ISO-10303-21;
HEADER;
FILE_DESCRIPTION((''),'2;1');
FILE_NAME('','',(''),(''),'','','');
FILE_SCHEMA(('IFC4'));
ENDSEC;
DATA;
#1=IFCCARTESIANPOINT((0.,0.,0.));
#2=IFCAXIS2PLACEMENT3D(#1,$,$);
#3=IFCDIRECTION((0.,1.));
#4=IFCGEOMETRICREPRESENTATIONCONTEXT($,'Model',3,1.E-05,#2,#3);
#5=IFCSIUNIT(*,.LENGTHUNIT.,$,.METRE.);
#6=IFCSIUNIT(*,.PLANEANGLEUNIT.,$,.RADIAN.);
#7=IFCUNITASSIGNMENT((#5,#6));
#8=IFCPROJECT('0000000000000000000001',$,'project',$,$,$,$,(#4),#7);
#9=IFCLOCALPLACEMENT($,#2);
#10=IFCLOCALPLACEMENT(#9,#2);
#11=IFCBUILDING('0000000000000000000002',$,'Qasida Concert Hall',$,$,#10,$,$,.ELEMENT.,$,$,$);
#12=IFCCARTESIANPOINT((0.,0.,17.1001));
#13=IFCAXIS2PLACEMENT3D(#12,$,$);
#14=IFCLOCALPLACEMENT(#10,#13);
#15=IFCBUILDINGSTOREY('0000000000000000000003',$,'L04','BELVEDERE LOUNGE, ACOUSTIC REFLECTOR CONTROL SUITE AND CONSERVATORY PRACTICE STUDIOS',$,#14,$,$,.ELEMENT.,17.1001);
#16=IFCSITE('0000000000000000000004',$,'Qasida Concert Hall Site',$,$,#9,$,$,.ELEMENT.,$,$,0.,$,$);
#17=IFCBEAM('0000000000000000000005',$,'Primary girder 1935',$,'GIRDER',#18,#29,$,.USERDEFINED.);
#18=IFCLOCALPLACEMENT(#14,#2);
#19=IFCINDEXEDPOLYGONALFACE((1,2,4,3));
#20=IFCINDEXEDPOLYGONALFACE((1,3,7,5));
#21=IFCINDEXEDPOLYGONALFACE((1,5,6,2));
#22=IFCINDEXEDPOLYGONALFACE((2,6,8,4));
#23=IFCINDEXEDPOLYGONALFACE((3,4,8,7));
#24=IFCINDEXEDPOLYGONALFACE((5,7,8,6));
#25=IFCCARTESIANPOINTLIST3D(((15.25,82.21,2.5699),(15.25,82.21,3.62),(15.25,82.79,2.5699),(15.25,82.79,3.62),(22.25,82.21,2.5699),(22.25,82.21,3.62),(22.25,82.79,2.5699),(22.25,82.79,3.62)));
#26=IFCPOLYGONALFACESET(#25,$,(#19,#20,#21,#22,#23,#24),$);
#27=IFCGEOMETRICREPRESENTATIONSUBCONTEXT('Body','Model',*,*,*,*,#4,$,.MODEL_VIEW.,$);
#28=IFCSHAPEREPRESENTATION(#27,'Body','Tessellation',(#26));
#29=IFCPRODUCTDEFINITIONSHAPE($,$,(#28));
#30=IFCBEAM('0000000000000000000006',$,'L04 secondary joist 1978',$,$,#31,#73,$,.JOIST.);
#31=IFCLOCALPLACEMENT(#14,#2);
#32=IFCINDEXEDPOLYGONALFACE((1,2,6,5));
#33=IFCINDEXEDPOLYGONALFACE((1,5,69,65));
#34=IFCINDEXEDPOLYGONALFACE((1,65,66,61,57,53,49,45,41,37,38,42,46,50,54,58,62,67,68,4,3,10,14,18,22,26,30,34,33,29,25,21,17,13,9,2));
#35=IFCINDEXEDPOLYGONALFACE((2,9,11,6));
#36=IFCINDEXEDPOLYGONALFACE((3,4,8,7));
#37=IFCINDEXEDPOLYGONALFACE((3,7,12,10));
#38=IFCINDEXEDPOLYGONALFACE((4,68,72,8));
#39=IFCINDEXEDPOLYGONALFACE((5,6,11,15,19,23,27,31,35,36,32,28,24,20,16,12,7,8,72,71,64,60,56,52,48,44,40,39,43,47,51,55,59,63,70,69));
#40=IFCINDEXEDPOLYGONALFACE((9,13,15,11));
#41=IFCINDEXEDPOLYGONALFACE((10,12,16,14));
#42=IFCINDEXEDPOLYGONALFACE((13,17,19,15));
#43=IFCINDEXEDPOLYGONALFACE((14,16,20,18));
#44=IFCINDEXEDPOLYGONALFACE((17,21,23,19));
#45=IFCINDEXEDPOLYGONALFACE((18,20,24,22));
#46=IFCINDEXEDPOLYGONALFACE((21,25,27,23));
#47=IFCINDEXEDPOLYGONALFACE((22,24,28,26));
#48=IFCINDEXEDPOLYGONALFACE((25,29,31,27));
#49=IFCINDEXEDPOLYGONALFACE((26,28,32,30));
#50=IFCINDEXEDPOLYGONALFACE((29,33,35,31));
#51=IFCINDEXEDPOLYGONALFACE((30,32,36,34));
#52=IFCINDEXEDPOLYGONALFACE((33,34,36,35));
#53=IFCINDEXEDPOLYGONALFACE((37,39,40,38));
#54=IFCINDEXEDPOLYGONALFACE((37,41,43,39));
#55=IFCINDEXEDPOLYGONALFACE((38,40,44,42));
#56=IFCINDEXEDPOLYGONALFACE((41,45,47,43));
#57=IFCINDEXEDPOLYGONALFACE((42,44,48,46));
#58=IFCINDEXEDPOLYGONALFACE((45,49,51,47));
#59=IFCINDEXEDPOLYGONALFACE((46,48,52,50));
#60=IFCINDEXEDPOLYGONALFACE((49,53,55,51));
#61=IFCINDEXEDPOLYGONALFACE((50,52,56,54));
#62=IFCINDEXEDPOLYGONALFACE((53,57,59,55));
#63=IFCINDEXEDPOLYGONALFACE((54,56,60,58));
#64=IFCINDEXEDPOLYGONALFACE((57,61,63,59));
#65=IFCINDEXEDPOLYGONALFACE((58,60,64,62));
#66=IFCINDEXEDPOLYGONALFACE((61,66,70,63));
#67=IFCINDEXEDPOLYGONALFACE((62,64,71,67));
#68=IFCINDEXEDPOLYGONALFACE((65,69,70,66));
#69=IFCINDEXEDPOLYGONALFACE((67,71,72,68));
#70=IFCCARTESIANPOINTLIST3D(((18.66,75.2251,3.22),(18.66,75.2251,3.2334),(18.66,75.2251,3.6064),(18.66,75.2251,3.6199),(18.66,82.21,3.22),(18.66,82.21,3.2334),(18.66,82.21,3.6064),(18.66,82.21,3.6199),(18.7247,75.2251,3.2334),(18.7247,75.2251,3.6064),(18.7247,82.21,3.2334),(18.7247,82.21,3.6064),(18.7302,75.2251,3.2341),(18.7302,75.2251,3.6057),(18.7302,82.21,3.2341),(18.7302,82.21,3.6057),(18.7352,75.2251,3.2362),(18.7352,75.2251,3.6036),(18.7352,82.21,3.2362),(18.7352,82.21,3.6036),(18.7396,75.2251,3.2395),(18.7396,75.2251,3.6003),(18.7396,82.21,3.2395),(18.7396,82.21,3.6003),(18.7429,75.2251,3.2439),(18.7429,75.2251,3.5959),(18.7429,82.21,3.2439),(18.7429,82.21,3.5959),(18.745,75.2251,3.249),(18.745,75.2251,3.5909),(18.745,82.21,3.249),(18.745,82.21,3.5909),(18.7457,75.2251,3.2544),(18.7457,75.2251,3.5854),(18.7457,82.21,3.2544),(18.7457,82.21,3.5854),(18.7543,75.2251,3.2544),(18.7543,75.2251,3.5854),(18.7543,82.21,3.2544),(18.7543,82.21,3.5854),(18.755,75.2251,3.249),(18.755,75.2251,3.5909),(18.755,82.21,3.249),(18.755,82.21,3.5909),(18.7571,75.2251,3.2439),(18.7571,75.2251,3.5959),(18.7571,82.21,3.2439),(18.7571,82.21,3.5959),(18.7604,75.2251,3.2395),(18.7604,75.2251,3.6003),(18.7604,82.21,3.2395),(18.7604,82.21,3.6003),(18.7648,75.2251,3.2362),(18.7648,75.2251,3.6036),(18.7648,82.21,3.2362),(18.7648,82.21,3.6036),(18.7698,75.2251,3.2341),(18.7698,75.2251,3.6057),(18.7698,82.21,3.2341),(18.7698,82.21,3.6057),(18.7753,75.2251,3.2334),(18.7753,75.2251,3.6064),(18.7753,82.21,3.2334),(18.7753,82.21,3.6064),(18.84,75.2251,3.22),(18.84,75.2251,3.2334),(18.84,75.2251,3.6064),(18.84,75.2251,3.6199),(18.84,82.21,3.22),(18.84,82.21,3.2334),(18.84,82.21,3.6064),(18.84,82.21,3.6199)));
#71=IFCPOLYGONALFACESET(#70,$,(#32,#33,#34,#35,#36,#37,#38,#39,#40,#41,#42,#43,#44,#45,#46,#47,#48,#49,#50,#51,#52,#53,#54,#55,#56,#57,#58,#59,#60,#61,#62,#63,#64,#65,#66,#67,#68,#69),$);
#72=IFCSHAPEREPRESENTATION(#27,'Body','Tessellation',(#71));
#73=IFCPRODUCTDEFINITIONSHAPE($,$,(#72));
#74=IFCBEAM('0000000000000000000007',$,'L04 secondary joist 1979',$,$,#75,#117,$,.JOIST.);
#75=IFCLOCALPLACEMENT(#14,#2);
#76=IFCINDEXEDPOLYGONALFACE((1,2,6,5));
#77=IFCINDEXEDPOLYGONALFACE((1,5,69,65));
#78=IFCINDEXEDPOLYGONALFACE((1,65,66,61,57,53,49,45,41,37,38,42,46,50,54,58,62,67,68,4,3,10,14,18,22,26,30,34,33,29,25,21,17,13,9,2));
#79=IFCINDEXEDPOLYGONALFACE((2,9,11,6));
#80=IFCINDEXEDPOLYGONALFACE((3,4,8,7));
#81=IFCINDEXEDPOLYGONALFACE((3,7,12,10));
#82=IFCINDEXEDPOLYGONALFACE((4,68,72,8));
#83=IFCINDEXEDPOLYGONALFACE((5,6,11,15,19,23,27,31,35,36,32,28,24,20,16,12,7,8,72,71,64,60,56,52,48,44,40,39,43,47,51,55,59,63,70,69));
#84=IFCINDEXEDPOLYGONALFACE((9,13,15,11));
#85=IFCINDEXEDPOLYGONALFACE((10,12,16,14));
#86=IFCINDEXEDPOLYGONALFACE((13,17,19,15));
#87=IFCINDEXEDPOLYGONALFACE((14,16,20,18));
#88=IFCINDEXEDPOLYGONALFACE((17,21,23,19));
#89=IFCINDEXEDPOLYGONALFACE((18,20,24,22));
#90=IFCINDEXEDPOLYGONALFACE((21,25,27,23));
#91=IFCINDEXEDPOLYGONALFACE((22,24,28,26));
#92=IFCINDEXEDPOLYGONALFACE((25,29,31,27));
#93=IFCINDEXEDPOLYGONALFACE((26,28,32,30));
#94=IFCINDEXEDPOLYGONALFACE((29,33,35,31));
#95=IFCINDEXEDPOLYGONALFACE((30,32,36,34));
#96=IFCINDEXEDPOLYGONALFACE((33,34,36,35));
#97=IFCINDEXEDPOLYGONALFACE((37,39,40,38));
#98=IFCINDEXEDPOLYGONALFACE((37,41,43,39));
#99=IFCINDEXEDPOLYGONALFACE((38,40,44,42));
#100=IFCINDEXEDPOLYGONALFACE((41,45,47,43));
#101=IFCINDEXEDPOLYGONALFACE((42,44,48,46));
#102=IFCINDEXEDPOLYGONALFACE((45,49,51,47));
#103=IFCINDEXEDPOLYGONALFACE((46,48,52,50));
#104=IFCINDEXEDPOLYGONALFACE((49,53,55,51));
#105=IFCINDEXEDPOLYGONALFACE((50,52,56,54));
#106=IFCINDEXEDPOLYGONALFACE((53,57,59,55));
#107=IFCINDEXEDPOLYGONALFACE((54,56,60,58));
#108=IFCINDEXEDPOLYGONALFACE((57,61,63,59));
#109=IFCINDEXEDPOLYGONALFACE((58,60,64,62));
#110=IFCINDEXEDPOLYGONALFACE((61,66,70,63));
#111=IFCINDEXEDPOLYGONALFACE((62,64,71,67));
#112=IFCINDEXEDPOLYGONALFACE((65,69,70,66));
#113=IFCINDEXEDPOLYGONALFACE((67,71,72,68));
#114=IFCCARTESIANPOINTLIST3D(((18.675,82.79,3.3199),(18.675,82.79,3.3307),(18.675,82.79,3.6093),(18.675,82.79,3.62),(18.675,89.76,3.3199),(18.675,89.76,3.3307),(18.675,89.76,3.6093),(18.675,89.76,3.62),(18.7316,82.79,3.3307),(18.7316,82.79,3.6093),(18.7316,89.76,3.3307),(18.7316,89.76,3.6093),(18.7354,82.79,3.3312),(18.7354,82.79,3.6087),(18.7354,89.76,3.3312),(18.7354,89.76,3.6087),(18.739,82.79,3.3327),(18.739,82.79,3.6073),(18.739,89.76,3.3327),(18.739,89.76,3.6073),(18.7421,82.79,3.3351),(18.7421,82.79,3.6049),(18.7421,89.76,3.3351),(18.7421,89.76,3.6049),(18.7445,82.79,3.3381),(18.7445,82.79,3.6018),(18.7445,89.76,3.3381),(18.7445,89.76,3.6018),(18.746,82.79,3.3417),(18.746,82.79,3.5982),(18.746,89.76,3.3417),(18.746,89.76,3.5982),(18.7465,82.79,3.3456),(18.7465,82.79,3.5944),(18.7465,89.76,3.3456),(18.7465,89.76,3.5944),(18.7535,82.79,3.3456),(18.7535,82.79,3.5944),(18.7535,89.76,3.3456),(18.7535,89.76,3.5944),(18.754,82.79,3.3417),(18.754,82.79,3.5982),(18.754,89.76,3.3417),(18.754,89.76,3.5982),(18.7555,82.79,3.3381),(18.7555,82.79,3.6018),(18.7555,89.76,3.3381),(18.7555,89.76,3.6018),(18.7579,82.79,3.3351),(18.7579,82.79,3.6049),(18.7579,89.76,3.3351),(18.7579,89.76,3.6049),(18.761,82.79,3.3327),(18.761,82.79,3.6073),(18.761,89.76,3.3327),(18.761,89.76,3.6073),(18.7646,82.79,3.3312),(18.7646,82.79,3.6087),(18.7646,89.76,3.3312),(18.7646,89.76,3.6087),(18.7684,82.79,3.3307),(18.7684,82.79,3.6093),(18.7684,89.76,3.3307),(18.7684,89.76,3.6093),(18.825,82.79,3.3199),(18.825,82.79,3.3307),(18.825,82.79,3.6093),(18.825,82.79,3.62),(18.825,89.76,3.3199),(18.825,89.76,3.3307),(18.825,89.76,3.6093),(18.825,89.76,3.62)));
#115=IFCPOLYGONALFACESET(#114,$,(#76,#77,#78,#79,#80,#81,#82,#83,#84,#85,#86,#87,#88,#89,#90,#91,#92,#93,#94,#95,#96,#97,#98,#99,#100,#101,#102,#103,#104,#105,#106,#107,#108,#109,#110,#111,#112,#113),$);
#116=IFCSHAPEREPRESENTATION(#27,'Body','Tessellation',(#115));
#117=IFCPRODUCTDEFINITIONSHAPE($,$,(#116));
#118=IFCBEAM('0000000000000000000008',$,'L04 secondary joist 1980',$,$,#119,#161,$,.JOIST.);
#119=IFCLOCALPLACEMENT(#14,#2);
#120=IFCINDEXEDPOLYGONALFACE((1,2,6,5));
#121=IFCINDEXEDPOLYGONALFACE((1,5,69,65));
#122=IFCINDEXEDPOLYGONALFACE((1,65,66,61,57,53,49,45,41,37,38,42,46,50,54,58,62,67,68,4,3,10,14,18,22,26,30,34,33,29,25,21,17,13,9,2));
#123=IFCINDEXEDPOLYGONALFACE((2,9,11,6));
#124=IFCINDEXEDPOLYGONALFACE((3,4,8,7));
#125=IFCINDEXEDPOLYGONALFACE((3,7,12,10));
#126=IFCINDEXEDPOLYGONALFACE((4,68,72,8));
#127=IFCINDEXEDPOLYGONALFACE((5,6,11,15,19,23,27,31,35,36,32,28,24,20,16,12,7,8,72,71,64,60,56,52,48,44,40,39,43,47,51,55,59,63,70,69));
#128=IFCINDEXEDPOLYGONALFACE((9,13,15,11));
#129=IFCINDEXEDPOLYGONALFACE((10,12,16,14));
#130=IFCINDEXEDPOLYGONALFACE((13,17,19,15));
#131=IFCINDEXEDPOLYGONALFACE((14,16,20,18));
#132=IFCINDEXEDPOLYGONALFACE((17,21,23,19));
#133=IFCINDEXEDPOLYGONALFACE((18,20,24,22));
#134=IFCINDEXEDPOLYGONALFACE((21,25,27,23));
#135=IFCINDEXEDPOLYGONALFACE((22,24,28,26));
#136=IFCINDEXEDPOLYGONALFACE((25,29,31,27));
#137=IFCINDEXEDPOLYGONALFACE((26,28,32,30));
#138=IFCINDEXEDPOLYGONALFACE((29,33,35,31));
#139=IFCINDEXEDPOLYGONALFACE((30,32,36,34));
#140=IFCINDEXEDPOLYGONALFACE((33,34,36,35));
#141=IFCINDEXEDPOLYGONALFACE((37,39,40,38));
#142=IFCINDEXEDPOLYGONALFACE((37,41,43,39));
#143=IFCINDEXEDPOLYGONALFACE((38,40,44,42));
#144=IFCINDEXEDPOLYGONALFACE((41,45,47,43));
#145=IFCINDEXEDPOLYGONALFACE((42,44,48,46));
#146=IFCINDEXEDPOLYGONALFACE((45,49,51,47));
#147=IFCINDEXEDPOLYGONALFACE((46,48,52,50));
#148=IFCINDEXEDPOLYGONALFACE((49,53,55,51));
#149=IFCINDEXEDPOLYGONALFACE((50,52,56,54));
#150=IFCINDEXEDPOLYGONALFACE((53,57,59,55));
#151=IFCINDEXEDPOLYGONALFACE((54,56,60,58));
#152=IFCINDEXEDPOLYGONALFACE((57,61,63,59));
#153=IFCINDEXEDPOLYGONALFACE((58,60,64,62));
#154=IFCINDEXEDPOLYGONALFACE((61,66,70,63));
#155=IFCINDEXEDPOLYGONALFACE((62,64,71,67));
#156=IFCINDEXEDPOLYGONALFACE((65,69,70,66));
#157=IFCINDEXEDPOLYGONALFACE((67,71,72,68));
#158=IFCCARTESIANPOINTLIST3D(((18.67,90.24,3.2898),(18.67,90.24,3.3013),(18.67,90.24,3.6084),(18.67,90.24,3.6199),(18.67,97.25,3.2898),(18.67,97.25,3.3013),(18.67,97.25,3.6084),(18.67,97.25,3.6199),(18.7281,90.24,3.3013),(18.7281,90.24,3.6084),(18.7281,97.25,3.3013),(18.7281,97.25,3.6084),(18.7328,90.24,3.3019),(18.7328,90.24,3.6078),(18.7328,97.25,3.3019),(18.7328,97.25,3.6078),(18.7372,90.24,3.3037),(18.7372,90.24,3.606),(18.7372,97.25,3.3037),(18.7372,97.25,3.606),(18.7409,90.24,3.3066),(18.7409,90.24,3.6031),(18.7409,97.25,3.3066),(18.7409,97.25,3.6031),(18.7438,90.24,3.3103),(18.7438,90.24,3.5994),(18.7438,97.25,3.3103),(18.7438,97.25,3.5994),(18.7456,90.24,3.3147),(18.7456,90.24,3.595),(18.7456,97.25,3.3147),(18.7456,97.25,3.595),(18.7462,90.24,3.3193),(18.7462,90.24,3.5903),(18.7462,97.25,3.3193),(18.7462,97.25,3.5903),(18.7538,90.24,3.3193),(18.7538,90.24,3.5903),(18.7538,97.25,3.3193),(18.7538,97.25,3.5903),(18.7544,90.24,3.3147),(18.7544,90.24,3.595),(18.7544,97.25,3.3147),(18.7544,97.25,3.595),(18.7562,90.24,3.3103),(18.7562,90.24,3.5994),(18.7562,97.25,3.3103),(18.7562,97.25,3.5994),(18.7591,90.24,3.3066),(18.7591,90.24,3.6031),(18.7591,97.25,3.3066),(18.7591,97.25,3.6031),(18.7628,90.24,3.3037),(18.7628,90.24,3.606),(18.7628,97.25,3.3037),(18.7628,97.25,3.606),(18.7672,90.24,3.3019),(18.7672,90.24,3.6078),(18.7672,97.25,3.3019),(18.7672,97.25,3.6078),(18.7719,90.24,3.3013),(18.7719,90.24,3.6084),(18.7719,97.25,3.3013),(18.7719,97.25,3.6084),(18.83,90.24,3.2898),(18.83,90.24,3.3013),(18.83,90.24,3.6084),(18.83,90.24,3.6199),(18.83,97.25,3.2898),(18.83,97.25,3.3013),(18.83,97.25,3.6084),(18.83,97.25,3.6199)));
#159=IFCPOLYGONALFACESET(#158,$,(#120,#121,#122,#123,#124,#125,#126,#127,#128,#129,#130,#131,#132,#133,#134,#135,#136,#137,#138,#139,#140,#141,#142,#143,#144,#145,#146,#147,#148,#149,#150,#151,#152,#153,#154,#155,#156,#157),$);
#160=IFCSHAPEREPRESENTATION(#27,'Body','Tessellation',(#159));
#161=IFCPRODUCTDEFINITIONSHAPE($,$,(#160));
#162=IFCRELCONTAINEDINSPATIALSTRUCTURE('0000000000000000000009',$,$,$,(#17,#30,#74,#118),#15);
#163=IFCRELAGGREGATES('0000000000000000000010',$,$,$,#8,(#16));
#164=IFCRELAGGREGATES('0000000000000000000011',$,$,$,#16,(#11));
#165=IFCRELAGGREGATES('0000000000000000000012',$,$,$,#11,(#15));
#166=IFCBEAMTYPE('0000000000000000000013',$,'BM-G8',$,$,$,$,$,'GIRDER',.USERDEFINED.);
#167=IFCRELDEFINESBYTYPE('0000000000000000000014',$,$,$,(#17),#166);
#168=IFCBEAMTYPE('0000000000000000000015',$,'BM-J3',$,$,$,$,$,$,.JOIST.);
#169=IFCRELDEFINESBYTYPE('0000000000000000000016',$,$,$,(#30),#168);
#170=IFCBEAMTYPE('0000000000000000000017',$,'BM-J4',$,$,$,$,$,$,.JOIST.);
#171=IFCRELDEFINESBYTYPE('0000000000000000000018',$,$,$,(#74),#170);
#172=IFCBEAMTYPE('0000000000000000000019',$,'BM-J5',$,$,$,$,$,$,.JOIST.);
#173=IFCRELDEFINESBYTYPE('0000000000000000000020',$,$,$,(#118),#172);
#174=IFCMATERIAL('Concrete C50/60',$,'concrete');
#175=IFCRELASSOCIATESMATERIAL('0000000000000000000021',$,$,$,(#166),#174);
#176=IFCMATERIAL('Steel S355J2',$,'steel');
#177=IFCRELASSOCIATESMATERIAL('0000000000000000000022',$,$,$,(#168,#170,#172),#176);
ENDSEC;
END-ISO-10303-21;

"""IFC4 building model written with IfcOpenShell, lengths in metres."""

from ifc_helpers import new_model, si_unit, direction, frame, origin, origin_2d, place, context, subcontext, project, spatial, rectangle, i_section, extrude, material, material_profile, profile_set, type_object, element, save


model = new_model("IFC4")

# Units and contexts
model_context = context("Model", 3, precision=1e-05, world=origin(), true_north=direction((0.0, 1.0)))
body_context = subcontext(model_context, "Body", "Model", "MODEL_VIEW")
ifc_project = project(units=[si_unit("LENGTHUNIT", "METRE"), si_unit("PLANEANGLEUNIT", "RADIAN")], contexts=[model_context])

# Site, building, storey
site_placement = place(None, origin())
site = spatial("IfcSite", under=ifc_project, at=site_placement, Name="Qasida Concert Hall Site", CompositionType="ELEMENT", RefElevation=0.0)
building_placement = place(site_placement, origin())
building = spatial("IfcBuilding", under=site, at=building_placement, Name="Qasida Concert Hall", CompositionType="ELEMENT")
storey_placement = place(building_placement, frame((0.0, 0.0, 17.1001)))
storey = spatial("IfcBuildingStorey", under=building, at=storey_placement, Name="L04", Description="BELVEDERE LOUNGE, ACOUSTIC REFLECTOR CONTROL SUITE AND CONSERVATORY PRACTICE STUDIOS", CompositionType="ELEMENT", Elevation=17.1001)

# Shared definitions
ifc_material_1 = material(Name="Concrete C50/60", Category="concrete")

# Beams
ifc_material_2 = material(Name="Steel S355J2", Category="steel")
ifc_material_profile_1 = material_profile(ifc_material_1, rectangle(XDim=0.5801, YDim=1.05, at=origin_2d()), Name="RC 580x1050")
ifc_profile_set_1 = profile_set([ifc_material_profile_1], Name="Concrete C50/60")
beam_type_1 = type_object("IfcBeamType", Name="BM-G8", ElementType="GIRDER", PredefinedType="USERDEFINED", material=ifc_profile_set_1)
beam_1_placement = place(storey_placement, frame((15.25, 82.5, 3.095), z_axis=(1.0, 0.0, 0.0), x_axis=(0.0, 1.0, 0.0)))
element("IfcBeam", 1, at=beam_1_placement, inside=storey, type_object=beam_type_1, Name="Primary girder 1935", ObjectType="GIRDER", PredefinedType="USERDEFINED", context=body_context, shape_type="SweptSolid", body=[
    extrude(rectangle(XDim=0.5801, YDim=1.05, at=origin_2d()), origin(), (0.0, 0.0, 1.0), 7.0),
])
ifc_material_profile_2 = material_profile(ifc_material_2, i_section(OverallWidth=0.1799, OverallDepth=0.3999, WebThickness=0.0085, FlangeThickness=0.0134, FilletRadius=0.021, at=origin_2d()), Name="IPE 400")
ifc_profile_set_2 = profile_set([ifc_material_profile_2], Name="Steel S355J2")
beam_type_2 = type_object("IfcBeamType", Name="BM-J3", PredefinedType="JOIST", material=ifc_profile_set_2)
beam_2_placement = place(storey_placement, frame((18.75, 75.2251, 3.4199), z_axis=(0.0, 1.0, 0.0), x_axis=(-1.0, 0.0, 0.0)))
element("IfcBeam", 2, at=beam_2_placement, inside=storey, type_object=beam_type_2, Name="L04 secondary joist 1978", PredefinedType="JOIST", context=body_context, shape_type="SweptSolid", body=[
    extrude(i_section(OverallWidth=0.1799, OverallDepth=0.3999, WebThickness=0.0085, FlangeThickness=0.0134, FilletRadius=0.021, at=origin_2d()), origin(), (0.0, 0.0, 1.0), 6.9849),
])
ifc_material_profile_3 = material_profile(ifc_material_2, i_section(OverallWidth=0.1499, OverallDepth=0.3, WebThickness=0.0071, FlangeThickness=0.0107, FilletRadius=0.0149, at=origin_2d()), Name="IPE 300")
ifc_profile_set_3 = profile_set([ifc_material_profile_3], Name="Steel S355J2")
beam_type_3 = type_object("IfcBeamType", Name="BM-J4", PredefinedType="JOIST", material=ifc_profile_set_3)
beam_3_placement = place(storey_placement, frame((18.75, 82.79, 3.47), z_axis=(0.0, 1.0, 0.0), x_axis=(-1.0, 0.0, 0.0)))
element("IfcBeam", 3, at=beam_3_placement, inside=storey, type_object=beam_type_3, Name="L04 secondary joist 1979", PredefinedType="JOIST", context=body_context, shape_type="SweptSolid", body=[
    extrude(i_section(OverallWidth=0.1499, OverallDepth=0.3, WebThickness=0.0071, FlangeThickness=0.0107, FilletRadius=0.0149, at=origin_2d()), origin(), (0.0, 0.0, 1.0), 6.97),
])
ifc_material_profile_4 = material_profile(ifc_material_2, i_section(OverallWidth=0.1599, OverallDepth=0.3301, WebThickness=0.0076, FlangeThickness=0.0115, FilletRadius=0.0181, at=origin_2d()), Name="IPE 330")
ifc_profile_set_4 = profile_set([ifc_material_profile_4], Name="Steel S355J2")
beam_type_4 = type_object("IfcBeamType", Name="BM-J5", PredefinedType="JOIST", material=ifc_profile_set_4)
beam_4_placement = place(storey_placement, frame((18.75, 90.24, 3.4548), z_axis=(0.0, 1.0, 0.0), x_axis=(-1.0, 0.0, 0.0)))
element("IfcBeam", 4, at=beam_4_placement, inside=storey, type_object=beam_type_4, Name="L04 secondary joist 1980", PredefinedType="JOIST", context=body_context, shape_type="SweptSolid", body=[
    extrude(i_section(OverallWidth=0.1599, OverallDepth=0.3301, WebThickness=0.0076, FlangeThickness=0.0115, FilletRadius=0.0181, at=origin_2d()), origin(), (0.0, 0.0, 1.0), 7.01),
])

save(model, "model.ifc")
